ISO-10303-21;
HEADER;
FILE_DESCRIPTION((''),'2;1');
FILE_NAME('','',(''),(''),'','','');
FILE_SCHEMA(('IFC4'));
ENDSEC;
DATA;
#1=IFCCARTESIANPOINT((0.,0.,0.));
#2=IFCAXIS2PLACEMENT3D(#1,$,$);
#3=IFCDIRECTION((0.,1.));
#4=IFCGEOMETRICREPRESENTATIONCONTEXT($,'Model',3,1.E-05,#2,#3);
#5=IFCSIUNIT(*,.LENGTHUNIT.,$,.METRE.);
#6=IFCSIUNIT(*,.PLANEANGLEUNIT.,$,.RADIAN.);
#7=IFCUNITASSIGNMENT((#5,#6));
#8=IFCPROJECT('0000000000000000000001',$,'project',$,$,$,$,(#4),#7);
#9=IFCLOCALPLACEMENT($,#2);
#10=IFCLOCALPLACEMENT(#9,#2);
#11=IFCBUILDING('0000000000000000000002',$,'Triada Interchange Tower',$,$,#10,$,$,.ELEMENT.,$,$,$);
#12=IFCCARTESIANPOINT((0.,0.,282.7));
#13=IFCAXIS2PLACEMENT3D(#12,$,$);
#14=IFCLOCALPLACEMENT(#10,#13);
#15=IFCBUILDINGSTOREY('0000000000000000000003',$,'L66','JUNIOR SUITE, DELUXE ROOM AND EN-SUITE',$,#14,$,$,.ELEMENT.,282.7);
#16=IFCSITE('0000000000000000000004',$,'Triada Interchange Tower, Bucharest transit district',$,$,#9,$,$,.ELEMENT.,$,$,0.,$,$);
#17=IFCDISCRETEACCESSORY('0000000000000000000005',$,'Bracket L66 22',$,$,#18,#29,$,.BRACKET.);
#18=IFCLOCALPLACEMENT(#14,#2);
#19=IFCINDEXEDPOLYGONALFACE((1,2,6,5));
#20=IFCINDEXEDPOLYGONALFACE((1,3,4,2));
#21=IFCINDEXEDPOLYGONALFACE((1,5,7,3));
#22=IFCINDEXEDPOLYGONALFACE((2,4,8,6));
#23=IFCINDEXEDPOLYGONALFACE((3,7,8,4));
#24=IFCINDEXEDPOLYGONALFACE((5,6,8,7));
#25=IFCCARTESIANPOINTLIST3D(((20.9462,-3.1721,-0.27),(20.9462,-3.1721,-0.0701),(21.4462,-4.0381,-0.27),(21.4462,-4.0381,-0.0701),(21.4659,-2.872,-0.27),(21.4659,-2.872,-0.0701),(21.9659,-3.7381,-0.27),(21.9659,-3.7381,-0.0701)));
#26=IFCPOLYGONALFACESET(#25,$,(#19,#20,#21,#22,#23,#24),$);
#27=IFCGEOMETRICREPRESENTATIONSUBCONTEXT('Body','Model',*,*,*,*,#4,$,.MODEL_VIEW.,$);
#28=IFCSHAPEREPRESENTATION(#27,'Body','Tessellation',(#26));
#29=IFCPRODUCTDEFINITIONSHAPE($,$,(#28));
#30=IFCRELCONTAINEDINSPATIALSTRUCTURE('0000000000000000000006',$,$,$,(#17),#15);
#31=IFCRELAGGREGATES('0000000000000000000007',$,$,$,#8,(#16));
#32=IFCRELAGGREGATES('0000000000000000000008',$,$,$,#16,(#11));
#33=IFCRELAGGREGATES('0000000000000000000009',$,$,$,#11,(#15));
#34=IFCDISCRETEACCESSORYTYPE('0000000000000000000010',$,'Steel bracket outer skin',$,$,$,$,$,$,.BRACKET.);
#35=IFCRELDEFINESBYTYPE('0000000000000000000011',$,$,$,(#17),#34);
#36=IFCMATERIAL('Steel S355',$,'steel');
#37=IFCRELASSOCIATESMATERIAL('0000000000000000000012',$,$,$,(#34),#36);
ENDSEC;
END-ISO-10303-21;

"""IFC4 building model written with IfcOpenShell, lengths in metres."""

from ifc_helpers import new_model, si_unit, direction, frame, origin, origin_2d, place, context, subcontext, project, spatial, rectangle, extrude, material, type_object, element, save


model = new_model("IFC4")

# Units and contexts
model_context = context("Model", 3, precision=1e-05, world=origin(), true_north=direction((0.0, 1.0)))
body_context = subcontext(model_context, "Body", "Model", "MODEL_VIEW")
ifc_project = project(units=[si_unit("LENGTHUNIT", "METRE"), si_unit("PLANEANGLEUNIT", "RADIAN")], contexts=[model_context])

# Site, building, storey
site_placement = place(None, origin())
site = spatial("IfcSite", under=ifc_project, at=site_placement, Name="Triada Interchange Tower, Bucharest transit district", CompositionType="ELEMENT", RefElevation=0.0)
building_placement = place(site_placement, origin())
building = spatial("IfcBuilding", under=site, at=building_placement, Name="Triada Interchange Tower", CompositionType="ELEMENT")
storey_placement = place(building_placement, frame((0.0, 0.0, 282.7)))
storey = spatial("IfcBuildingStorey", under=building, at=storey_placement, Name="L66", Description="JUNIOR SUITE, DELUXE ROOM AND EN-SUITE", CompositionType="ELEMENT", Elevation=282.7)

# Discrete accessory
ifc_material_1 = material(Name="Steel S355", Category="steel")
discrete_accessory_type = type_object("IfcDiscreteAccessoryType", Name="Steel bracket outer skin", PredefinedType="BRACKET", material=ifc_material_1)
for number, where, z_axis, x_axis, name in (
    (1, (21.4561, -3.4551, -0.27), (0.0, 0.0, 1.0), (0.866024, 0.500002, 0.0), "Bracket L66 22"),
):
    element("IfcDiscreteAccessory", number, at=place(storey_placement, frame(where, z_axis=z_axis, x_axis=x_axis)), inside=storey, type_object=discrete_accessory_type, Name=name, PredefinedType="BRACKET", context=body_context, shape_type="SweptSolid", body=[
        extrude(rectangle(XDim=0.6001, YDim=1.0, at=origin_2d()), origin(), (0.0, 0.0, 1.0), 0.2),
    ])

save(model, "model.ifc")
